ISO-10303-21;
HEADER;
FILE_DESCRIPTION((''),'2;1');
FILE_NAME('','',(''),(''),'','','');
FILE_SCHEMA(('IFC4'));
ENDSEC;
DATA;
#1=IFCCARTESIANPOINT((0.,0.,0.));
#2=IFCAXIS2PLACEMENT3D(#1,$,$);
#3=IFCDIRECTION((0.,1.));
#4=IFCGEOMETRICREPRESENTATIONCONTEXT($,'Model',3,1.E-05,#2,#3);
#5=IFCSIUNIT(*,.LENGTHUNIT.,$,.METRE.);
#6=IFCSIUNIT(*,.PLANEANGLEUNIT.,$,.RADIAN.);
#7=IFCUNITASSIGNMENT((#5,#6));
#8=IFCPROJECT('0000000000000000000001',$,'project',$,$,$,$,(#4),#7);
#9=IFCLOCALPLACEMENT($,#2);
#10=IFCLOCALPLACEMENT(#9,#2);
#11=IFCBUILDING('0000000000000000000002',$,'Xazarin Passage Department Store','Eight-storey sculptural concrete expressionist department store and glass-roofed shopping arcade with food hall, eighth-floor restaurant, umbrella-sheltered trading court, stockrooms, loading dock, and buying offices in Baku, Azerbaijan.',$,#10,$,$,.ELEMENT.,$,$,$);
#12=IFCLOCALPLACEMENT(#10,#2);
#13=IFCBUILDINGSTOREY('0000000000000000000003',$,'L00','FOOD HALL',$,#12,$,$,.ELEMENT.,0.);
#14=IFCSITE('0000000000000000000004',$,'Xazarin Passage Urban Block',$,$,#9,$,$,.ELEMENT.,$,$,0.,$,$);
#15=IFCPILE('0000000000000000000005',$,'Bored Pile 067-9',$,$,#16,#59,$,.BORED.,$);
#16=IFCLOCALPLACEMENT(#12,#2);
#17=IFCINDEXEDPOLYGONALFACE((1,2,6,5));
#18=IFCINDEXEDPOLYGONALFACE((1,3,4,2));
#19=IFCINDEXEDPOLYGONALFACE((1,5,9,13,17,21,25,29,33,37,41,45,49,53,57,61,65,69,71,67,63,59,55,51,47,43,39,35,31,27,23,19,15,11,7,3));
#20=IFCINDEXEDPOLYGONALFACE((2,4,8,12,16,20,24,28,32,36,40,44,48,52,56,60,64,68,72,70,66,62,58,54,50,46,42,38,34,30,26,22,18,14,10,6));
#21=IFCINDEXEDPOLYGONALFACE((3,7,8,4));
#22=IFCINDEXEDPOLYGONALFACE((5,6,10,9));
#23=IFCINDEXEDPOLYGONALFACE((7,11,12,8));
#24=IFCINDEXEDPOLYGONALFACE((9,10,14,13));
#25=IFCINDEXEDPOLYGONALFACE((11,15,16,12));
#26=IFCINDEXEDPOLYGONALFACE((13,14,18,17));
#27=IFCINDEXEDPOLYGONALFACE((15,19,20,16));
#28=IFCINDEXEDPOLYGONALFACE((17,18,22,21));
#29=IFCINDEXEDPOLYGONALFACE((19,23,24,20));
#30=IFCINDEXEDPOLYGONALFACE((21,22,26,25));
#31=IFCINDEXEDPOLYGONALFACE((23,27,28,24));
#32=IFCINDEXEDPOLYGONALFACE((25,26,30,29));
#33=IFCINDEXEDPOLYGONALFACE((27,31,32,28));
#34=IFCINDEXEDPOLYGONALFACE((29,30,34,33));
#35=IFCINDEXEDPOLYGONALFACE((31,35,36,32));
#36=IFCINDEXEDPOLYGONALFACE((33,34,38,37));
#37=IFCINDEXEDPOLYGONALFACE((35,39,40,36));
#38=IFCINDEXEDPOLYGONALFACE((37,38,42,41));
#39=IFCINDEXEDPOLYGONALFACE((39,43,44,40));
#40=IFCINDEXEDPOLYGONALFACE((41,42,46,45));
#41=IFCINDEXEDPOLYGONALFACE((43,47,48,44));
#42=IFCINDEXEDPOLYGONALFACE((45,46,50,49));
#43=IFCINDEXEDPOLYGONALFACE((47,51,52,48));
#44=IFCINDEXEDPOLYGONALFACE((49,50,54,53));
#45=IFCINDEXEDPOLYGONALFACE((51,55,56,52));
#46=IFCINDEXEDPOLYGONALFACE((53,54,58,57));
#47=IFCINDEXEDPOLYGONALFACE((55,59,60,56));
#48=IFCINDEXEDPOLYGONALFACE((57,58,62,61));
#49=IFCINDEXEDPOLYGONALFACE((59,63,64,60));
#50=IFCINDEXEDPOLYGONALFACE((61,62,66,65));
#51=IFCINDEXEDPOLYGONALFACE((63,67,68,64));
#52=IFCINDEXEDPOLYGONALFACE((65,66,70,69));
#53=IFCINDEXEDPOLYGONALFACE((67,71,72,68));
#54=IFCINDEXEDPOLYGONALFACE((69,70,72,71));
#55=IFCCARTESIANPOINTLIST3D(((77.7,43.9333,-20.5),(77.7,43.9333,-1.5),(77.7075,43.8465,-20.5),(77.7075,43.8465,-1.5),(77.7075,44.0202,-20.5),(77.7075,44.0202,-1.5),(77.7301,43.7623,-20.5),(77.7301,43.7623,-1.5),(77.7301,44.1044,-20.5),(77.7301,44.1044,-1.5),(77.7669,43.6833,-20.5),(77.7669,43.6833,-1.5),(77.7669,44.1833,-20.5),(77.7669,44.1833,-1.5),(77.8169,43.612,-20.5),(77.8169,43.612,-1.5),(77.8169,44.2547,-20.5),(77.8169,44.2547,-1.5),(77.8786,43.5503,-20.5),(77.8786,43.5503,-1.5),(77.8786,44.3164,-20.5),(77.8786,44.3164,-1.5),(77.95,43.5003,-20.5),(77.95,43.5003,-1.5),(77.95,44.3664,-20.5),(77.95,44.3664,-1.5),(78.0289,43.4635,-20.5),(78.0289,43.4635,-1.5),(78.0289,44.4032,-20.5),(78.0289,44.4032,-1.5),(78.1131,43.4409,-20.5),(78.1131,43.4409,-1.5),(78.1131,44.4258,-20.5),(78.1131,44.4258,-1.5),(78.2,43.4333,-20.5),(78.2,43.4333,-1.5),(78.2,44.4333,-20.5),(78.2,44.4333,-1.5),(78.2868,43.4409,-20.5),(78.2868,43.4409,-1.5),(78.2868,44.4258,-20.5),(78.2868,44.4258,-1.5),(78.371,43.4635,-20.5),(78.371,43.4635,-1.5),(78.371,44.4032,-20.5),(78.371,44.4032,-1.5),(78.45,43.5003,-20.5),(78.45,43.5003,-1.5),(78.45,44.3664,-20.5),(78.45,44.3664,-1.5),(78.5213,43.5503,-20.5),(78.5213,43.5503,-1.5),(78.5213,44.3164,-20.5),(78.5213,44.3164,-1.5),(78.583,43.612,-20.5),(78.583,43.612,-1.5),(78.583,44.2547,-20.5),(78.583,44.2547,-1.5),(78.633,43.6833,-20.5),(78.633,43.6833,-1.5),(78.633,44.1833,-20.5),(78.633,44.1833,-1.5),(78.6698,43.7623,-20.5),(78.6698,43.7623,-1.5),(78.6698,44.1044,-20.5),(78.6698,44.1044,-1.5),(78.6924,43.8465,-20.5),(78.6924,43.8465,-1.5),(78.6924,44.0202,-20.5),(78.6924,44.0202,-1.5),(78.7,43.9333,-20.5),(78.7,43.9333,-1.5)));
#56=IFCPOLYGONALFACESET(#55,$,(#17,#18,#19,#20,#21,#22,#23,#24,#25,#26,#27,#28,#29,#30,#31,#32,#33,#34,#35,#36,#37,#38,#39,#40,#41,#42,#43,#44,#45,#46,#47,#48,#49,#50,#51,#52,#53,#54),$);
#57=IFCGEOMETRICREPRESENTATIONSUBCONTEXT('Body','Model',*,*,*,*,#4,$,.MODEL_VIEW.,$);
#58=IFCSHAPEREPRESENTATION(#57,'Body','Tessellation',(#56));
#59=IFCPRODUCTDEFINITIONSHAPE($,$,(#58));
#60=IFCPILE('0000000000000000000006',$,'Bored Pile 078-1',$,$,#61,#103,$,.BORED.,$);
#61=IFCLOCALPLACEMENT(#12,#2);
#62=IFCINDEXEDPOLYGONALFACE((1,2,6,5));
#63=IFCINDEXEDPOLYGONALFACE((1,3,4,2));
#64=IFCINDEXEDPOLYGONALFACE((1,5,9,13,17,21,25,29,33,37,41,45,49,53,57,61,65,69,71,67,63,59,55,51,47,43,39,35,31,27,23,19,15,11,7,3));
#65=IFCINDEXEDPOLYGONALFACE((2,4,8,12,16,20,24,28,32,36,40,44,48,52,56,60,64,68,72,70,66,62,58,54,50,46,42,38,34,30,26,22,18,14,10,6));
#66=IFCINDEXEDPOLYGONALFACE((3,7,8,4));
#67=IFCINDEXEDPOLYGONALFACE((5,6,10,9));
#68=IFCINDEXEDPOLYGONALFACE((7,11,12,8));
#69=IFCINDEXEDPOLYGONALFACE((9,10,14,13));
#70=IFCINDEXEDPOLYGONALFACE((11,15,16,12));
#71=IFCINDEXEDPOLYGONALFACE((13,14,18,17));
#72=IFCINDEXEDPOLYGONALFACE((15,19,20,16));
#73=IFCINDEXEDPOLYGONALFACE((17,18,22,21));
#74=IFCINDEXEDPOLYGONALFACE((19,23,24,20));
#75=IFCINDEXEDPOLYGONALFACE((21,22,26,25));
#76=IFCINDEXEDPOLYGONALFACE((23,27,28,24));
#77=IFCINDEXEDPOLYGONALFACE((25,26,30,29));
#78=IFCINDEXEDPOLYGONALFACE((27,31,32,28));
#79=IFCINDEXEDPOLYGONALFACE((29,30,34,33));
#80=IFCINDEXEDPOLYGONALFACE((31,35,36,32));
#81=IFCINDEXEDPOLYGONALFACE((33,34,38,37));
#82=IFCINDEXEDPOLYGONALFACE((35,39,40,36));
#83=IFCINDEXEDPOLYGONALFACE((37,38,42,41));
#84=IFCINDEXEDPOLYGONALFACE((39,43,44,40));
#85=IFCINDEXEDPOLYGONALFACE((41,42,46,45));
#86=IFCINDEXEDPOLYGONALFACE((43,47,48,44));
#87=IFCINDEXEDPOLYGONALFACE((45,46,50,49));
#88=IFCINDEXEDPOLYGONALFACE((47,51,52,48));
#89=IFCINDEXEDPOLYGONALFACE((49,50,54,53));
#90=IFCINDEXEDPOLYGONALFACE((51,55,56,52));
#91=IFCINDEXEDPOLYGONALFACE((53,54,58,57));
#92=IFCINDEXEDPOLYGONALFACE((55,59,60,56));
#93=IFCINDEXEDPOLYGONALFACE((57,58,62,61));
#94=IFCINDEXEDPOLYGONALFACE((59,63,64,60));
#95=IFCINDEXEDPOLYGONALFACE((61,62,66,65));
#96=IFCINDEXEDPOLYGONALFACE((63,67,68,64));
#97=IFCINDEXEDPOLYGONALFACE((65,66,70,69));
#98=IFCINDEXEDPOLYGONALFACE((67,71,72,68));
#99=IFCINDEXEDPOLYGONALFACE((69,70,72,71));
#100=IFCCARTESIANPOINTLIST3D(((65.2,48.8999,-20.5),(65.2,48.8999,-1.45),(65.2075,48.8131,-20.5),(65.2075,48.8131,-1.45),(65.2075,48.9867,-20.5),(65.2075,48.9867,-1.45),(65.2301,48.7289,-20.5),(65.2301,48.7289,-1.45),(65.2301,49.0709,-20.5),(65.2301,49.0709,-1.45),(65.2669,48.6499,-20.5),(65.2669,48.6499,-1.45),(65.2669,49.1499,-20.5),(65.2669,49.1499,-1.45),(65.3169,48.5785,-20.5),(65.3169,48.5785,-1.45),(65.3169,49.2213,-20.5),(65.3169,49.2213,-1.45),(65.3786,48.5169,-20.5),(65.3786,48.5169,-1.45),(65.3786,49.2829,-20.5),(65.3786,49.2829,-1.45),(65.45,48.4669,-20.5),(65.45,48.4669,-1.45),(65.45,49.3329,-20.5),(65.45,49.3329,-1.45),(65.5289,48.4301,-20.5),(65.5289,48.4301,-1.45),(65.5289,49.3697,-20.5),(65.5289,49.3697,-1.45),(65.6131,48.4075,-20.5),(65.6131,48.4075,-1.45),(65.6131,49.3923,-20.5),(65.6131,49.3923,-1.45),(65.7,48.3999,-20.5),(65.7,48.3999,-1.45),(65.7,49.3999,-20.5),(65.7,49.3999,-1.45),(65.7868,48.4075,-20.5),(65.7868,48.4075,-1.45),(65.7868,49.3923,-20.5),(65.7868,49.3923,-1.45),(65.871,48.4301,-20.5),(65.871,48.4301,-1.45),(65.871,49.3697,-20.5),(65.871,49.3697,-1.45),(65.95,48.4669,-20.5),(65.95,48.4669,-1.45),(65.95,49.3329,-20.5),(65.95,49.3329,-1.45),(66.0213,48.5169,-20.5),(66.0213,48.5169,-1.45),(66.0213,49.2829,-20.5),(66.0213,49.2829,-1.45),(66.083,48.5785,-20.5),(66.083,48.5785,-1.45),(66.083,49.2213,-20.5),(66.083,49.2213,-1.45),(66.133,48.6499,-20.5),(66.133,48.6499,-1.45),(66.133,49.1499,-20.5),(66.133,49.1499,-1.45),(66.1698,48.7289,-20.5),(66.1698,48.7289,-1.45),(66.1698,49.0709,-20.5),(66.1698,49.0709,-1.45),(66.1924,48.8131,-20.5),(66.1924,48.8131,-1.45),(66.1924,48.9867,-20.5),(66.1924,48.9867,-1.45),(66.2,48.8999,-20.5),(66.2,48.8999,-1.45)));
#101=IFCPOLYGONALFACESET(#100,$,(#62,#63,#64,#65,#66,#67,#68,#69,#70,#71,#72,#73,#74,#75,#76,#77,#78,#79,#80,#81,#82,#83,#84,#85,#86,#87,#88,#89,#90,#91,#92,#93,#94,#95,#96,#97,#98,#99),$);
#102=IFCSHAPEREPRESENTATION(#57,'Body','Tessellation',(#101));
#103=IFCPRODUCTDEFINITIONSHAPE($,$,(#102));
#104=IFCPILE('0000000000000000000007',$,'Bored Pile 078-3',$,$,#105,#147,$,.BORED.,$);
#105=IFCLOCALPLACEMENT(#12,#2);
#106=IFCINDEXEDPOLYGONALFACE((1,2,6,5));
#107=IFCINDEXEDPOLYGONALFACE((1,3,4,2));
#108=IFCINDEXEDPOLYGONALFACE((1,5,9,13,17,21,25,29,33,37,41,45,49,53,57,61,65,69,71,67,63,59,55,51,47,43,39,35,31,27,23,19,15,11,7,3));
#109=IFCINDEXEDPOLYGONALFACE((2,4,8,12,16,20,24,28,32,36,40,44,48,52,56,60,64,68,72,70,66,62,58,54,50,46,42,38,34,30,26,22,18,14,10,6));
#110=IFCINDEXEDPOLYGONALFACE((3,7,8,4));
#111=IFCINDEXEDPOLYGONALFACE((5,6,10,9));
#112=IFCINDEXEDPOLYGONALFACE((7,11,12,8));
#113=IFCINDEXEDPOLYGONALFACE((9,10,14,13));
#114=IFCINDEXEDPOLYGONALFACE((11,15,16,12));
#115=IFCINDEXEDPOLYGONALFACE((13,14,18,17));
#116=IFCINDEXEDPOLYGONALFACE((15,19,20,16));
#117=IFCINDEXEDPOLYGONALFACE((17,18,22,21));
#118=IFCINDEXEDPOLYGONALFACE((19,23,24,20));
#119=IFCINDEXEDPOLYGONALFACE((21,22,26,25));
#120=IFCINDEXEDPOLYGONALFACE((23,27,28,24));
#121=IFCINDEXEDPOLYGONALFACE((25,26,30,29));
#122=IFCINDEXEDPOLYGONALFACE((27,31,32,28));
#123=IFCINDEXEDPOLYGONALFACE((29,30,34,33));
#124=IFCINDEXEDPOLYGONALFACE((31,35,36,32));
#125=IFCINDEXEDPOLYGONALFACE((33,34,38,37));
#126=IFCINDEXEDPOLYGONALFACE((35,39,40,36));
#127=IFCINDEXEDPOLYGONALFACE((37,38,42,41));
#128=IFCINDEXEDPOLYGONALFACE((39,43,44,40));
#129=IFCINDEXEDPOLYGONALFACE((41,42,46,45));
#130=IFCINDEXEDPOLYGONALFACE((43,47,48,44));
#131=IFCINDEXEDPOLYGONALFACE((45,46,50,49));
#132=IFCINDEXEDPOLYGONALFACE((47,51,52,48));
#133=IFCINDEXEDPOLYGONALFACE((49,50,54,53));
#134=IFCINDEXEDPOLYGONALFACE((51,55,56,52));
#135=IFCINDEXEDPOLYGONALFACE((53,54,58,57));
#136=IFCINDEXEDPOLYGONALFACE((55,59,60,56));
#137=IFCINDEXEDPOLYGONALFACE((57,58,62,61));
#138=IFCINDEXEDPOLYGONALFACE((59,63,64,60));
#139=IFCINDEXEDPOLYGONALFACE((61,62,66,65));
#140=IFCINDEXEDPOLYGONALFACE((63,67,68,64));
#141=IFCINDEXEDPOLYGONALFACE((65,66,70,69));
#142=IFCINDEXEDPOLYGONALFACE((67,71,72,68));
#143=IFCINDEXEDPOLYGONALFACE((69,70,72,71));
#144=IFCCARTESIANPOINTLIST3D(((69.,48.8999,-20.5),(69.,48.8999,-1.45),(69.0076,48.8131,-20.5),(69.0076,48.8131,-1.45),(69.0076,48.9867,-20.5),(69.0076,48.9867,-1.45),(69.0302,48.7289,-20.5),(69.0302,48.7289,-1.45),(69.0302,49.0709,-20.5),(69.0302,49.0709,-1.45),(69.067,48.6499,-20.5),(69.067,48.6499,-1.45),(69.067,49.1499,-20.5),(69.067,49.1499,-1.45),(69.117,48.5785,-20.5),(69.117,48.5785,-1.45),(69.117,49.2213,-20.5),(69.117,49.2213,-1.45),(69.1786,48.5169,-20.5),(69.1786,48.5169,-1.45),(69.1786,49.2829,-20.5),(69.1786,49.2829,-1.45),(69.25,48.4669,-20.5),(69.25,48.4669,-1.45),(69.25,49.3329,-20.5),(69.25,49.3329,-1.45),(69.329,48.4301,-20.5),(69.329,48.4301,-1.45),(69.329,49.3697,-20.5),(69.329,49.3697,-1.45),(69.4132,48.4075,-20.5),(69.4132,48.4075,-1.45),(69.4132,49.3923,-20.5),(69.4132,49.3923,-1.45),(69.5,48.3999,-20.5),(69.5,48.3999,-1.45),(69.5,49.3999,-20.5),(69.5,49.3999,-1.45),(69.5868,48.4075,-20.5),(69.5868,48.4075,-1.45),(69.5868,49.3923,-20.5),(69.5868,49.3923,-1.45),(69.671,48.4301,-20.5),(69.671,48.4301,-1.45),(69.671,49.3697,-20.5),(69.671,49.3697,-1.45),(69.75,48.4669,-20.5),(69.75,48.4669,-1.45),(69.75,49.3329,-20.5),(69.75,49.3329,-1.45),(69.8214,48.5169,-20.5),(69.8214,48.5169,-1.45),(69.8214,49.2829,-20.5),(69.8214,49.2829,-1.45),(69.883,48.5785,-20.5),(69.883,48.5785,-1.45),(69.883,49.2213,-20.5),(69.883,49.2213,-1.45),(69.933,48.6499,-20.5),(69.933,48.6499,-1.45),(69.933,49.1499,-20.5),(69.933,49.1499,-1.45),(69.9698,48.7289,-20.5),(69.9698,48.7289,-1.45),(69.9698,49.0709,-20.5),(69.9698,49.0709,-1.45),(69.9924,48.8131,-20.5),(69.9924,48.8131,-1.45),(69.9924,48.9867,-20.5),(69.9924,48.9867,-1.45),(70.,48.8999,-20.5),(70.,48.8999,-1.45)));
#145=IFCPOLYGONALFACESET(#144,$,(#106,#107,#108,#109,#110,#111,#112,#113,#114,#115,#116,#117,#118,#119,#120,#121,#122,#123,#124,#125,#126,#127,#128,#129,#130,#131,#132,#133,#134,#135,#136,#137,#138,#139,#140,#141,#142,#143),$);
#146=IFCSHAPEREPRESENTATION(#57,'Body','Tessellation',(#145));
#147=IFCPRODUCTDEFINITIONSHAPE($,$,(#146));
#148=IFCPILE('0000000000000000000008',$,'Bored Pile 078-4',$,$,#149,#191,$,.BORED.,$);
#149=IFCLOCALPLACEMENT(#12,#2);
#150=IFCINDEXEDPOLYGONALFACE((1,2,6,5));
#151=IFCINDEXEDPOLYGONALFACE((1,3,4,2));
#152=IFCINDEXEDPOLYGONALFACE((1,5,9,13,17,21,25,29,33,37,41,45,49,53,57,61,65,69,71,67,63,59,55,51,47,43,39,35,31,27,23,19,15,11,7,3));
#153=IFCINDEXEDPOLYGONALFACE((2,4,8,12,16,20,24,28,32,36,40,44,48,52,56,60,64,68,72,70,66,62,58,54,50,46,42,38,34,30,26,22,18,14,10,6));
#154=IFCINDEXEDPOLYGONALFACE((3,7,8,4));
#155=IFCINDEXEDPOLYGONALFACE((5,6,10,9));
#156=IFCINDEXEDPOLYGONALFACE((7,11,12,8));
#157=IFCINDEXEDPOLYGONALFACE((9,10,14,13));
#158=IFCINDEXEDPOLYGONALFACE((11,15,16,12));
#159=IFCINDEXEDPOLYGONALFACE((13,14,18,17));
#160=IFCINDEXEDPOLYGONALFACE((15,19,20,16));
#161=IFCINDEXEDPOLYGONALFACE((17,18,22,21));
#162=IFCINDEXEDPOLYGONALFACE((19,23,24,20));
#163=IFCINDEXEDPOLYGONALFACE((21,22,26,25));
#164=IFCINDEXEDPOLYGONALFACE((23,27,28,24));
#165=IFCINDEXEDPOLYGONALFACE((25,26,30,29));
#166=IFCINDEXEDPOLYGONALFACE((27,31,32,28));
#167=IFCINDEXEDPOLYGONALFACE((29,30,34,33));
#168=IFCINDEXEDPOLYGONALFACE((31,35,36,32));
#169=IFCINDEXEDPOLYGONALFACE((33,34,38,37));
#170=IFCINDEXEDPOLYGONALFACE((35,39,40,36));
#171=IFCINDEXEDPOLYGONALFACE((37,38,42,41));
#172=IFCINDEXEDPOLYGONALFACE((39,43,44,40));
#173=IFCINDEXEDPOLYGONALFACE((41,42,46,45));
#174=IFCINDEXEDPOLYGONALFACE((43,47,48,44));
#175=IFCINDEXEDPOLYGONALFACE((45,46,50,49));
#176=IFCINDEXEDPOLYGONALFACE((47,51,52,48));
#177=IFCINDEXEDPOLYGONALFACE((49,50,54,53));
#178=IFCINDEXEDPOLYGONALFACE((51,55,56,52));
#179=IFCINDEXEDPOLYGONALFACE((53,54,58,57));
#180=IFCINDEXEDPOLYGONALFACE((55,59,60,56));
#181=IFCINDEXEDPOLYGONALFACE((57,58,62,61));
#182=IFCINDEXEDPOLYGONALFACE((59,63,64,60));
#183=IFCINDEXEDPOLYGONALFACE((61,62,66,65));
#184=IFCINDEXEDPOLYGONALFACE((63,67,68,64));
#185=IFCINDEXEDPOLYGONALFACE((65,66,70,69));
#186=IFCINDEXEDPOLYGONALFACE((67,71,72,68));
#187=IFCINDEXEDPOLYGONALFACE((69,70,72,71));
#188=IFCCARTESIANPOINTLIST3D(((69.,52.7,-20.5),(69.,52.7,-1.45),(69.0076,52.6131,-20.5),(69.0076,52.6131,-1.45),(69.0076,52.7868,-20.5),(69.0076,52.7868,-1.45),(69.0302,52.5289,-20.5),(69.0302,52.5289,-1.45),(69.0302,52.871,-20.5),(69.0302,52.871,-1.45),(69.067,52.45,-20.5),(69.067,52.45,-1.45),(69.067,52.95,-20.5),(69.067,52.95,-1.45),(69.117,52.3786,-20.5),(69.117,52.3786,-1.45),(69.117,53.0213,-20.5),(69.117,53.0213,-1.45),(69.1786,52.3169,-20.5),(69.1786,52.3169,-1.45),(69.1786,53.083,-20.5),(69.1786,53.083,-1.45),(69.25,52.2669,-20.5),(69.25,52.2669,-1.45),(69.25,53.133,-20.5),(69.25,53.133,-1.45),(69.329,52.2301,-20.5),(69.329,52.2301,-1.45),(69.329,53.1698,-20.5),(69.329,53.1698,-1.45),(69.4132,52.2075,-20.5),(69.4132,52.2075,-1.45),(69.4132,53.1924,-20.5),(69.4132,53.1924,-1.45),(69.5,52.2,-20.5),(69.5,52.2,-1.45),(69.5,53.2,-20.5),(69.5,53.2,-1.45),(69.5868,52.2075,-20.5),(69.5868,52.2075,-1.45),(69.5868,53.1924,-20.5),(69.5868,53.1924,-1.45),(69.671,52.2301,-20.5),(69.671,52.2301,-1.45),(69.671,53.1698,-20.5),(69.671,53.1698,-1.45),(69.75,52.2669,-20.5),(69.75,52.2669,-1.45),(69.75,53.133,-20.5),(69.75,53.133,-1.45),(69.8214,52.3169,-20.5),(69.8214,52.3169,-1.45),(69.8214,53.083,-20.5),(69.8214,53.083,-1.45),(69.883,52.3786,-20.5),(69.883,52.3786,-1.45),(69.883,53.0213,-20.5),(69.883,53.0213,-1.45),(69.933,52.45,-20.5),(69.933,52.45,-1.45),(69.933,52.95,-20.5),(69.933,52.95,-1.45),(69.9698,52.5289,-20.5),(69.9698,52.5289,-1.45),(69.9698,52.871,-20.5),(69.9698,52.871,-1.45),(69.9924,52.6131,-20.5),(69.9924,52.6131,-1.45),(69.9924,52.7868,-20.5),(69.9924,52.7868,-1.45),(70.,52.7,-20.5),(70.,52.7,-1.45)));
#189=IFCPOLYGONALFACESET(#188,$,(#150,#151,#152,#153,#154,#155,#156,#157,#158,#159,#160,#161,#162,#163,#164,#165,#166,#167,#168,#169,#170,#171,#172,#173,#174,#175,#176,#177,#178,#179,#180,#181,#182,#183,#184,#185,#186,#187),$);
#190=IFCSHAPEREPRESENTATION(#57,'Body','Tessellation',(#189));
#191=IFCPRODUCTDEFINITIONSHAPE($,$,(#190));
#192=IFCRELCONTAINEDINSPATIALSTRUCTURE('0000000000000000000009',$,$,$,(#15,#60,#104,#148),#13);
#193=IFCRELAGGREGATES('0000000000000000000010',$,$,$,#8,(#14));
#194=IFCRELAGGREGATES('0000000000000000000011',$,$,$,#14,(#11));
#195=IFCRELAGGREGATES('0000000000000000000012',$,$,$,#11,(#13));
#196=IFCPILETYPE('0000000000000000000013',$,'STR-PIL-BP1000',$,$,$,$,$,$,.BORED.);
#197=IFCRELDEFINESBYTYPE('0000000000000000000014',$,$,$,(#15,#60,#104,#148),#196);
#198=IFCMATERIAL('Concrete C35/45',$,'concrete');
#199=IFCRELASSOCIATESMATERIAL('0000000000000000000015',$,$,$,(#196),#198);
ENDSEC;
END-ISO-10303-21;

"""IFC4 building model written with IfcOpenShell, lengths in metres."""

from ifc_helpers import new_model, si_unit, direction, frame, origin, origin_2d, place, context, subcontext, project, spatial, circle, extrude, material, material_profile, profile_set, type_object, element, save


model = new_model("IFC4")

# Units and contexts
model_context = context("Model", 3, precision=1e-05, world=origin(), true_north=direction((0.0, 1.0)))
body_context = subcontext(model_context, "Body", "Model", "MODEL_VIEW")
ifc_project = project(units=[si_unit("LENGTHUNIT", "METRE"), si_unit("PLANEANGLEUNIT", "RADIAN")], contexts=[model_context])

# Site, building, storey
site_placement = place(None, origin())
site = spatial("IfcSite", under=ifc_project, at=site_placement, Name="Xazarin Passage Urban Block", CompositionType="ELEMENT", RefElevation=0.0)
building_placement = place(site_placement, origin())
building = spatial("IfcBuilding", under=site, at=building_placement, Name="Xazarin Passage Department Store", Description="Eight-storey sculptural concrete expressionist department store and glass-roofed shopping arcade with food hall, eighth-floor restaurant, umbrella-sheltered trading court, stockrooms, loading dock, and buying offices in Baku, Azerbaijan.", CompositionType="ELEMENT")
storey_placement = place(building_placement, origin())
storey = spatial("IfcBuildingStorey", under=building, at=storey_placement, Name="L00", Description="FOOD HALL", CompositionType="ELEMENT", Elevation=0.0)

# Shared definitions
ifc_material_1 = material(Name="Concrete C35/45", Category="concrete")

# Piles
ifc_material_profile_1 = material_profile(ifc_material_1, circle(Radius=0.5, at=origin_2d()), Name="BP 1000")
ifc_profile_set_1 = profile_set([ifc_material_profile_1], Name="Concrete C35/45")
pile_type_1 = type_object("IfcPileType", Name="STR-PIL-BP1000", PredefinedType="BORED", material=ifc_profile_set_1)
for number, where, z_axis, x_axis, name in (
    (1, (78.2, 43.9333, -1.5), (0.0, 0.0, -1.0), (1.0, 0.0, 0.0), "Bored Pile 067-9"),
):
    element("IfcPile", number, at=place(storey_placement, frame(where, z_axis=z_axis, x_axis=x_axis)), inside=storey, type_object=pile_type_1, Name=name, PredefinedType="BORED", context=body_context, shape_type="SweptSolid", body=[
        extrude(circle(Radius=0.5, at=origin_2d()), origin(), (0.0, 0.0, 1.0), 19.0),
    ])
for number, where, z_axis, x_axis, name in (
    (2, (65.7, 48.8999, -1.45), (0.0, 0.0, -1.0), (1.0, 0.0, 0.0), "Bored Pile 078-1"),
    (3, (69.5, 48.8999, -1.45), (0.0, 0.0, -1.0), (1.0, 0.0, 0.0), "Bored Pile 078-3"),
    (4, (69.5, 52.7, -1.45), (0.0, 0.0, -1.0), (1.0, 0.0, 0.0), "Bored Pile 078-4"),
):
    element("IfcPile", number, at=place(storey_placement, frame(where, z_axis=z_axis, x_axis=x_axis)), inside=storey, type_object=pile_type_1, Name=name, PredefinedType="BORED", context=body_context, shape_type="SweptSolid", body=[
        extrude(circle(Radius=0.5, at=origin_2d()), origin(), (0.0, 0.0, 1.0), 19.05),
    ])

save(model, "model.ifc")
